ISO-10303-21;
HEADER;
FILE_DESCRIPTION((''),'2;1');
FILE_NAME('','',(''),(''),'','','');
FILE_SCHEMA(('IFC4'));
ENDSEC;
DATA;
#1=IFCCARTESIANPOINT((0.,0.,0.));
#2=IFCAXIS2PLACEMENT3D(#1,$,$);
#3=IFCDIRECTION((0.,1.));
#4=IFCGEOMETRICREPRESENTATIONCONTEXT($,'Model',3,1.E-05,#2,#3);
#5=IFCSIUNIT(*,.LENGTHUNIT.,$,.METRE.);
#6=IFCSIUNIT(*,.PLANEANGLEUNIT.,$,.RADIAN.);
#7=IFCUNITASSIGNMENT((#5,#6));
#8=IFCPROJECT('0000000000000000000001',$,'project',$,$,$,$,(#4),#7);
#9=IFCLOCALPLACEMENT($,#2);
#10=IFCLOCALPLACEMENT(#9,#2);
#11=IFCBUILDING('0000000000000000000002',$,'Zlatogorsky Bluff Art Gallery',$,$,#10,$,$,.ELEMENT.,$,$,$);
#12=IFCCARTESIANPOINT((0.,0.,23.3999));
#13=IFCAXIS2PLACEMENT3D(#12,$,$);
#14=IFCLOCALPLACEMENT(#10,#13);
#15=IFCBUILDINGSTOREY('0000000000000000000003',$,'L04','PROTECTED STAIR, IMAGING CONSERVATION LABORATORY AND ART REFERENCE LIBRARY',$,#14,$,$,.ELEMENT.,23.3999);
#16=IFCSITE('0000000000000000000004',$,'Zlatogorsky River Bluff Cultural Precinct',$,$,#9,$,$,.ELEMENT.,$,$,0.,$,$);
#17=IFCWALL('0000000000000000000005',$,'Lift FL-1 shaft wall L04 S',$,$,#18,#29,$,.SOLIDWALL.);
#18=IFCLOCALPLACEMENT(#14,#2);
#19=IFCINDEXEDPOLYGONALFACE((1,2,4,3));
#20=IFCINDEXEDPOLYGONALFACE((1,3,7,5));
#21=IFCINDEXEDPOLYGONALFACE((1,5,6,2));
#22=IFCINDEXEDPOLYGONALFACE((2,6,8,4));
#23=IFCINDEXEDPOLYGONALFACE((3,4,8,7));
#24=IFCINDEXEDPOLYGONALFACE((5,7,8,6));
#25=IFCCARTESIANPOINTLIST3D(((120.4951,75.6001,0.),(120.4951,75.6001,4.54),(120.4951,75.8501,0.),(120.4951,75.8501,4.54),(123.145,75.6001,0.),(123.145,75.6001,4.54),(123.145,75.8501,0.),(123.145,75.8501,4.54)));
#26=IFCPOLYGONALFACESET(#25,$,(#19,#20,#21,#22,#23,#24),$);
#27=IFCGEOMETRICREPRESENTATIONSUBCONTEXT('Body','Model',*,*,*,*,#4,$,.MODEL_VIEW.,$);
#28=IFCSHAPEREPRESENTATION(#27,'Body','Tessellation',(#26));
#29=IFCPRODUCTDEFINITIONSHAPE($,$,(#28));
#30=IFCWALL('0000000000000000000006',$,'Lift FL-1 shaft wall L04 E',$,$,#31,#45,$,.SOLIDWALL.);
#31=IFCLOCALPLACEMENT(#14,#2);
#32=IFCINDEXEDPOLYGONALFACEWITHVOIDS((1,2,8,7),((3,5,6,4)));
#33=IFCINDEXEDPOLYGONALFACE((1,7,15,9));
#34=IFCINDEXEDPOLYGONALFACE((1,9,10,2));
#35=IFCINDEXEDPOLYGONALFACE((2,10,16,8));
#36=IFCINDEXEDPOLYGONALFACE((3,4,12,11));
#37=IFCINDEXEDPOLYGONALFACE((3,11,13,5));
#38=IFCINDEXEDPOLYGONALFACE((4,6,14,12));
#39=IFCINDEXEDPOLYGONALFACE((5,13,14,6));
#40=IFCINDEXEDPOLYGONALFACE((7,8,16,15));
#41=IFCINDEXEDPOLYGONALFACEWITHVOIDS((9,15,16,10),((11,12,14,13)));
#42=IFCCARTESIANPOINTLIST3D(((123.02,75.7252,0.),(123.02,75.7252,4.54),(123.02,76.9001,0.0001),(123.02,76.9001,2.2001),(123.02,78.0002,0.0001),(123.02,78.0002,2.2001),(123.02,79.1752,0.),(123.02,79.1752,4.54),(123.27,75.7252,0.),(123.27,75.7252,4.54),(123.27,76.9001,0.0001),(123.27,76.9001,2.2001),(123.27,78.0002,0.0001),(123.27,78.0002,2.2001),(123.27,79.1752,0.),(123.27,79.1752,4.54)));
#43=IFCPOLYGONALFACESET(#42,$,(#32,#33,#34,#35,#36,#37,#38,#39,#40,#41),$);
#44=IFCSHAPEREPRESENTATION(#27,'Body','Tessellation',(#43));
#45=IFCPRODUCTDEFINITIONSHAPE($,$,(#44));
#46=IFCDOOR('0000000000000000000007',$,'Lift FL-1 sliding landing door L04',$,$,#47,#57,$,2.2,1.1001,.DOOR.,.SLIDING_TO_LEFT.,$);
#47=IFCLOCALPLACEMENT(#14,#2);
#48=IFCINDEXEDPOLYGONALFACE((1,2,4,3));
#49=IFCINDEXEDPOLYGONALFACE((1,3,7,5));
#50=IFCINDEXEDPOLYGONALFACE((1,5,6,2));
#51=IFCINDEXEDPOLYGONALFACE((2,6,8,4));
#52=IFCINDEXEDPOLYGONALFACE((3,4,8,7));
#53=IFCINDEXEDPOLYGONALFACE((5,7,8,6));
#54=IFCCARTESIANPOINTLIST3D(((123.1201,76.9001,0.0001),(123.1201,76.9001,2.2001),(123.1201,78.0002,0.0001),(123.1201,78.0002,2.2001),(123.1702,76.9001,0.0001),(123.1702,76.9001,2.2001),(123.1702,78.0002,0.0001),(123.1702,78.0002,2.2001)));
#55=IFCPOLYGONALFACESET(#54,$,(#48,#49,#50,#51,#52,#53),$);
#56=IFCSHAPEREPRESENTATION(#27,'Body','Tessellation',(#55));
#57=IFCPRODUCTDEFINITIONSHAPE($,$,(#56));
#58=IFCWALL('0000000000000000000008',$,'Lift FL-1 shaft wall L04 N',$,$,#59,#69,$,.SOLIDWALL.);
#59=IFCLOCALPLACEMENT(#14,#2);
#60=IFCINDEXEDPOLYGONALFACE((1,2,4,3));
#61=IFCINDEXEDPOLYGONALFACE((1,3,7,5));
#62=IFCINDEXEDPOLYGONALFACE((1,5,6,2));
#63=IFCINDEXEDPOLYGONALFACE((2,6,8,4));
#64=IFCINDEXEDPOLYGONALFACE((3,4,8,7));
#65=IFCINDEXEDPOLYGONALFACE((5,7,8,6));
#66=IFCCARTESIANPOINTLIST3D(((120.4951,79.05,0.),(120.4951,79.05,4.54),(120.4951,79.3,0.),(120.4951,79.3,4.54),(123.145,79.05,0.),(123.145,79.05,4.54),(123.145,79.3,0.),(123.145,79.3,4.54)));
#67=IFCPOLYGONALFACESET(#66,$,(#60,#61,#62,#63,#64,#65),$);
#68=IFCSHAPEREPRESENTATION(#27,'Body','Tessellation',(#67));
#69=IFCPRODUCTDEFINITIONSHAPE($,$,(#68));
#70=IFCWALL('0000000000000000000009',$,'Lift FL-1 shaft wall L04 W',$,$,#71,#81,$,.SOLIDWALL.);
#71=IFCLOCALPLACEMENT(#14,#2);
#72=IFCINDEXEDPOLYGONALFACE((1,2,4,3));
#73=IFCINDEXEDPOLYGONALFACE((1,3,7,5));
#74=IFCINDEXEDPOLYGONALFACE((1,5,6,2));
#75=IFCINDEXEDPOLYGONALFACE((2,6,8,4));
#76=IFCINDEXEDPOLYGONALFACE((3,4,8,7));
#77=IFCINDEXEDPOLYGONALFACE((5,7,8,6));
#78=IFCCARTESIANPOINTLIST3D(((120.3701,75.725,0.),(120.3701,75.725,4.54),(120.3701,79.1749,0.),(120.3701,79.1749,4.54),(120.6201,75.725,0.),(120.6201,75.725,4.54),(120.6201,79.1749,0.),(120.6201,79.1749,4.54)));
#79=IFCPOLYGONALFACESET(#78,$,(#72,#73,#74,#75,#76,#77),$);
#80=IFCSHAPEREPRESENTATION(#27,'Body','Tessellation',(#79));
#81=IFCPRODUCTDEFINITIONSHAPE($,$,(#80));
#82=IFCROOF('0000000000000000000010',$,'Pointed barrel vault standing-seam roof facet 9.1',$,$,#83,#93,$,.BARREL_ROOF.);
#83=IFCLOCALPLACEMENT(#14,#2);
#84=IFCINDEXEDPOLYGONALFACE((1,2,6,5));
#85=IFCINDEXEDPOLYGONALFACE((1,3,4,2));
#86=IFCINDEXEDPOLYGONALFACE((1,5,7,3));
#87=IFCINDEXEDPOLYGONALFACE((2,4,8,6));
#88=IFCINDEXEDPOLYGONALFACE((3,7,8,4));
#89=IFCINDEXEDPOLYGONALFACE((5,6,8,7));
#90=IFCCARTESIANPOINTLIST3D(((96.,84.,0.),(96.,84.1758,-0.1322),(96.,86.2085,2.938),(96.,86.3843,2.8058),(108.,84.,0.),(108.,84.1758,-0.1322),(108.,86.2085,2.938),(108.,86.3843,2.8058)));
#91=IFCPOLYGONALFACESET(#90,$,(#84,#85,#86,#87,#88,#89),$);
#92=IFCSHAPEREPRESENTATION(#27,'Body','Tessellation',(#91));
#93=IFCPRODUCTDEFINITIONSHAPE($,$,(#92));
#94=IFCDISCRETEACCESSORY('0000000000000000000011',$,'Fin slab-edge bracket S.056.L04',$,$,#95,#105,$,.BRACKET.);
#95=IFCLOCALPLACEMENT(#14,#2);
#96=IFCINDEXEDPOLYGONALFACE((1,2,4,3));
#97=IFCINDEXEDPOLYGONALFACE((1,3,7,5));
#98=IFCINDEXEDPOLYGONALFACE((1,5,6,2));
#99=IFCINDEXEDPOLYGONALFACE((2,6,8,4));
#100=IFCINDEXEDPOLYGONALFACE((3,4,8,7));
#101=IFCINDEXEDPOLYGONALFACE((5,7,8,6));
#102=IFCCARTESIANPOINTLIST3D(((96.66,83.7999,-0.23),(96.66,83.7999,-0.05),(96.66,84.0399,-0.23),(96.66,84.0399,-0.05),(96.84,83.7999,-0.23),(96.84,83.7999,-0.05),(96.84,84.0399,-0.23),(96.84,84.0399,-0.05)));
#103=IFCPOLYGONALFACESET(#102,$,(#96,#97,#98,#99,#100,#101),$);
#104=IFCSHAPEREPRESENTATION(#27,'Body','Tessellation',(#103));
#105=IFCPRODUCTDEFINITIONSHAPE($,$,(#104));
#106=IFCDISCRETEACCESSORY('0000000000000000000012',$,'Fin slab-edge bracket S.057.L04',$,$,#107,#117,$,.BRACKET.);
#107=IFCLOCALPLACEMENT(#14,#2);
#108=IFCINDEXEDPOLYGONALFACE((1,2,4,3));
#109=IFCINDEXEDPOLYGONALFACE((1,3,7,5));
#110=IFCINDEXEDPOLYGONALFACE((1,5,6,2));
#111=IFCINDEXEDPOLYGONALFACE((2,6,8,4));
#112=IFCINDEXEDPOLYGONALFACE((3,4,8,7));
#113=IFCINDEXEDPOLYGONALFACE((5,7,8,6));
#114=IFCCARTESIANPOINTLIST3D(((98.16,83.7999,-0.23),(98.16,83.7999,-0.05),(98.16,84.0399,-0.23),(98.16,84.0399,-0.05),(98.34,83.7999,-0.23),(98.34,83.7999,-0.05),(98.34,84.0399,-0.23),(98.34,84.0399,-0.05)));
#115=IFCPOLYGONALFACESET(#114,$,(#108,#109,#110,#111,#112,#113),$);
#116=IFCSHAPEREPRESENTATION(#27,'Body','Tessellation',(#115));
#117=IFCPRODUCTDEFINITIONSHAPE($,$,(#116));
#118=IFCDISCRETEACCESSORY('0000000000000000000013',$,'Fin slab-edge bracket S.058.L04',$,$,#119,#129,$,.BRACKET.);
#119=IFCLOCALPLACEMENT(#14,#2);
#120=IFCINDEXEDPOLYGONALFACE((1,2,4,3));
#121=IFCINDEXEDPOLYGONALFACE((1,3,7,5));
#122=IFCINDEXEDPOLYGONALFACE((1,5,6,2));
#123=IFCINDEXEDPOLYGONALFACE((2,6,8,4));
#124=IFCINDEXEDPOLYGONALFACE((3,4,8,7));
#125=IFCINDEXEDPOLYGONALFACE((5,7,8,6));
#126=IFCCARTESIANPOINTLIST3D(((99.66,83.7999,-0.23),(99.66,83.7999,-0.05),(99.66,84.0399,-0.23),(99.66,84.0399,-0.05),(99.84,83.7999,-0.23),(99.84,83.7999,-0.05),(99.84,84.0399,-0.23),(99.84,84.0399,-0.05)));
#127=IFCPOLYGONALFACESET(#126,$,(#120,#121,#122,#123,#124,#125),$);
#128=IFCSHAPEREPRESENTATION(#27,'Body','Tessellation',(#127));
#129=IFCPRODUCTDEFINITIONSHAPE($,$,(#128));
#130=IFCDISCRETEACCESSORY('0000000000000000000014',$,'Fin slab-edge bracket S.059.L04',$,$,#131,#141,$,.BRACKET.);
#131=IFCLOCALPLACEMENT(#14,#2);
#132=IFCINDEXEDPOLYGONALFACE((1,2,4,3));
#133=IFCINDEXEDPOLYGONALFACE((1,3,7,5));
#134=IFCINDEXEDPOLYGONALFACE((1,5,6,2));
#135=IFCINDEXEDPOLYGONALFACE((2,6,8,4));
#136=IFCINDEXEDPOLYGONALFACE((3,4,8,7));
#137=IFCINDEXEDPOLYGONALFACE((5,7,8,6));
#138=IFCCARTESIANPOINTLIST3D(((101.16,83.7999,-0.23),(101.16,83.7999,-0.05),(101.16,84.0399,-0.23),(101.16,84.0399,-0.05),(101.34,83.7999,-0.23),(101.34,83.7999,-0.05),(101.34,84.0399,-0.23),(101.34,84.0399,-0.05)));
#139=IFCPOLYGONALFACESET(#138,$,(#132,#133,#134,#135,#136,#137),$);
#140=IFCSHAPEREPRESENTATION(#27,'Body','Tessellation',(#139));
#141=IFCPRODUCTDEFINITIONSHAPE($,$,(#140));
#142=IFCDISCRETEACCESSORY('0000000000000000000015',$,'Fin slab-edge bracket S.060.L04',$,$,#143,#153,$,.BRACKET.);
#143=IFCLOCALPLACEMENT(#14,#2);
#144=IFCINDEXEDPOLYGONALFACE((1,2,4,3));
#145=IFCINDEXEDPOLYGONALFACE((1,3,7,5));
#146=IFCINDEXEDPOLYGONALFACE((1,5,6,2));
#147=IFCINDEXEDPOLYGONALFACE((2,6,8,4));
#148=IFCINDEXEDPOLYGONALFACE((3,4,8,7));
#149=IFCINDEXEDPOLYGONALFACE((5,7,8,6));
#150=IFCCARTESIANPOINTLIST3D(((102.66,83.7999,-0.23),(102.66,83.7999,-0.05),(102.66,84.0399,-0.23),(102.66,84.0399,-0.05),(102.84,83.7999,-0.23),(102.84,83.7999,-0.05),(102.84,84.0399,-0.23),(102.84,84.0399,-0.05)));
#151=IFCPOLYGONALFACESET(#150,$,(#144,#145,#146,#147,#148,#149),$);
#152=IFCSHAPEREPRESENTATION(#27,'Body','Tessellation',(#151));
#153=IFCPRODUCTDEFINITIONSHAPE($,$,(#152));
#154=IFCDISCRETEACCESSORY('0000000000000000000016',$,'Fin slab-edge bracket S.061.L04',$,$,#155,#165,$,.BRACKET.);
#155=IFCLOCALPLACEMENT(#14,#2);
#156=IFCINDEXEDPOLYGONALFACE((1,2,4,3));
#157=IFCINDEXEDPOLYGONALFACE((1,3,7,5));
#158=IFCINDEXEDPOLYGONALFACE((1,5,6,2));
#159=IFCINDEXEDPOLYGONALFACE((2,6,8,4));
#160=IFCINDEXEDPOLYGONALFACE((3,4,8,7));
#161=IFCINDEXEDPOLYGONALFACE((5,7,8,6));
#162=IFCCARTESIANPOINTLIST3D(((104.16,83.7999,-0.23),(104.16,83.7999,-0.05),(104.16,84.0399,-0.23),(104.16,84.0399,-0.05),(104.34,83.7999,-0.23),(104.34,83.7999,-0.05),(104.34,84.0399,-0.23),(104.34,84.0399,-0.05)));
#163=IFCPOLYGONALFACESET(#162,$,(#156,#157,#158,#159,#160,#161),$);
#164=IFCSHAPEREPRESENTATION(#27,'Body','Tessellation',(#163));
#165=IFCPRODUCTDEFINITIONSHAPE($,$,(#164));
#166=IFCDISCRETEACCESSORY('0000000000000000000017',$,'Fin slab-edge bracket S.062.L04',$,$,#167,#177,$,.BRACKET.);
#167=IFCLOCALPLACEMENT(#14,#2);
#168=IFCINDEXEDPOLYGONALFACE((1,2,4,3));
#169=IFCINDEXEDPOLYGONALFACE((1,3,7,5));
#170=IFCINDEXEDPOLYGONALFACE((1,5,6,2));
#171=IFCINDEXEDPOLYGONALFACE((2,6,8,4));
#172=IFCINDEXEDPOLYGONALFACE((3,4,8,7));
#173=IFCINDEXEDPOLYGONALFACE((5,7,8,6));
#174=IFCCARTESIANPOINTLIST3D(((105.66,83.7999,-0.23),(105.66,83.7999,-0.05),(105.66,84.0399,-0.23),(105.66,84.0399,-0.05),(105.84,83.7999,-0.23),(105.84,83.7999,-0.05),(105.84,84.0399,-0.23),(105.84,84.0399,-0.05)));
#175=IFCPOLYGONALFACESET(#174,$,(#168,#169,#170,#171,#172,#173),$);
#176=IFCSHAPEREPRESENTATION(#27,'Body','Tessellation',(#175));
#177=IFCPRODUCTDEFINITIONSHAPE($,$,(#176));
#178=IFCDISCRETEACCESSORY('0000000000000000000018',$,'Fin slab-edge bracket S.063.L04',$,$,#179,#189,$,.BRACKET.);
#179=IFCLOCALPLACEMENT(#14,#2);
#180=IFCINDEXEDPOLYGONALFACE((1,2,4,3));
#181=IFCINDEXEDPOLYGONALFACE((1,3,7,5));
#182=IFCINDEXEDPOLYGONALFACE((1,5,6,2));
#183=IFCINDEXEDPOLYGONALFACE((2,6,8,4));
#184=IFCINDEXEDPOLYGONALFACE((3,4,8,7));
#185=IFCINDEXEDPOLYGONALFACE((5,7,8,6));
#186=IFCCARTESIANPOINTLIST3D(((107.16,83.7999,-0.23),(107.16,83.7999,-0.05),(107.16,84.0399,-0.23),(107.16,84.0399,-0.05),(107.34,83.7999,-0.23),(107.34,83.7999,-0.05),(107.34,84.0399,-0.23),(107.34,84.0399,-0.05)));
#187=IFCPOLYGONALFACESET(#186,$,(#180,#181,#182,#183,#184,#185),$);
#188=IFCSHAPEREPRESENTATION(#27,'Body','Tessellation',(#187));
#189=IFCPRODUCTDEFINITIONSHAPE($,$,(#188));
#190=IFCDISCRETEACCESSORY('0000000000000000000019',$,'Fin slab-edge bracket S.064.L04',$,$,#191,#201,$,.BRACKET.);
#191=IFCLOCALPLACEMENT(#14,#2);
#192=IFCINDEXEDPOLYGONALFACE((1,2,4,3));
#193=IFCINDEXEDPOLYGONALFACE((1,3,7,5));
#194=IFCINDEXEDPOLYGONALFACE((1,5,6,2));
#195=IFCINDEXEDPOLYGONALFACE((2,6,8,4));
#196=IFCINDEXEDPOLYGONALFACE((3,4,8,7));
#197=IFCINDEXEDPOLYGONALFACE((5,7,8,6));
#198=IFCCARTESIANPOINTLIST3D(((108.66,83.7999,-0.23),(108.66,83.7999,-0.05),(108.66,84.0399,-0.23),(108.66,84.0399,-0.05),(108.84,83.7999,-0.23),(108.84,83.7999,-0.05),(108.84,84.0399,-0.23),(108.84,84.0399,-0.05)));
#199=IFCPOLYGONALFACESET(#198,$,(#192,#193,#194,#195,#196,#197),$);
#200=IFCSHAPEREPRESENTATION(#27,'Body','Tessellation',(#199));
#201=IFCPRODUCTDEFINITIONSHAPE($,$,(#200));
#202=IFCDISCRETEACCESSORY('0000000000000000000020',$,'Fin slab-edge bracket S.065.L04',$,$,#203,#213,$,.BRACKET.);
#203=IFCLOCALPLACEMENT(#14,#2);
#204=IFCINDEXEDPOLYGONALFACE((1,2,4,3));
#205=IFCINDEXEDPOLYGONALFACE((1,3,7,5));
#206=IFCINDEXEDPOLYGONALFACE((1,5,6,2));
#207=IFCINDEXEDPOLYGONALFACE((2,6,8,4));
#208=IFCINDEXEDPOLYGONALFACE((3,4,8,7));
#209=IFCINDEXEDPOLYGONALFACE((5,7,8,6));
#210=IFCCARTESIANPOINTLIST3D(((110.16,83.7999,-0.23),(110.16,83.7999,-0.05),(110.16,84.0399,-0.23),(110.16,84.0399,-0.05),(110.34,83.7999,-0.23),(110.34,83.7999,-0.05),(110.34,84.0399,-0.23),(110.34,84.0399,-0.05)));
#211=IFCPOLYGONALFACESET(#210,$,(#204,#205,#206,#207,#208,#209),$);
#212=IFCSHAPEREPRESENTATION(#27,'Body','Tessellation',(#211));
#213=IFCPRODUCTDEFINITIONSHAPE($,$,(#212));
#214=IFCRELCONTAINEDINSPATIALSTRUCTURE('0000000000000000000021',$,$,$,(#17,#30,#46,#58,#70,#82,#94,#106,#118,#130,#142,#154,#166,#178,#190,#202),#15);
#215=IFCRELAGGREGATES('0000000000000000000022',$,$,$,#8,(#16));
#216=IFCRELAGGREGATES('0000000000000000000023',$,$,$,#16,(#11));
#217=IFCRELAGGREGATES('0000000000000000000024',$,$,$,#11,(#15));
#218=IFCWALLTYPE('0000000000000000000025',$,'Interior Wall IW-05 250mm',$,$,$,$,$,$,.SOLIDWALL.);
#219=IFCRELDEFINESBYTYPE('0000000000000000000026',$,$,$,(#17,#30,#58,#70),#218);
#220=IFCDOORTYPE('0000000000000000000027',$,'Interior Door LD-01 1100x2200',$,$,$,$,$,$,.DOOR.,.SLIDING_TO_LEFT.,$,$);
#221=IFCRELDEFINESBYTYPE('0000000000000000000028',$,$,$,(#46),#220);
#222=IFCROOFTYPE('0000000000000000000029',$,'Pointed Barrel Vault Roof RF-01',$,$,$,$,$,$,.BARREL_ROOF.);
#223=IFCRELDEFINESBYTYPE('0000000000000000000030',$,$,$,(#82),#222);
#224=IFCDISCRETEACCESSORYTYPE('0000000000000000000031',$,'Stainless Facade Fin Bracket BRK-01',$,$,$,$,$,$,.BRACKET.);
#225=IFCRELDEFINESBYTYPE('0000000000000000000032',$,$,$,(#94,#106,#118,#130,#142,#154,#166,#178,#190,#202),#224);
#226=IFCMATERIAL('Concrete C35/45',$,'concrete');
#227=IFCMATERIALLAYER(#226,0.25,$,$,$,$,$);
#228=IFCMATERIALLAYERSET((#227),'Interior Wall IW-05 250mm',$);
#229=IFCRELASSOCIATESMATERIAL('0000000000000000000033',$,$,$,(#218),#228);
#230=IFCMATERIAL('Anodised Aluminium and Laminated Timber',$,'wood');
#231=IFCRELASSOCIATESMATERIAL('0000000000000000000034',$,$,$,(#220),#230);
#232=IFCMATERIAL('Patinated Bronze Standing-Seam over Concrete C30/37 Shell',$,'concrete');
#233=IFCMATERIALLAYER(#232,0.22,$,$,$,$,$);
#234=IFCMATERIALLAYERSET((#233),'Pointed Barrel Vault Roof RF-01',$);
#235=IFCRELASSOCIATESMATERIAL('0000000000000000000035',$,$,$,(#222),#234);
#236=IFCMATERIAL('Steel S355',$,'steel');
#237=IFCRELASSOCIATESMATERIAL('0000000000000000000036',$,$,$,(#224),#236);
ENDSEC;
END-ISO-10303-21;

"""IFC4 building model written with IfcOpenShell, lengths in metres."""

from ifc_helpers import new_model, si_unit, direction, frame, frame_2d, origin, origin_2d, place, context, subcontext, project, spatial, polyline, rectangle, outline, extrude, material, layer, layer_set, type_object, element, fill, save


model = new_model("IFC4")

# Units and contexts
model_context = context("Model", 3, precision=1e-05, world=origin(), true_north=direction((0.0, 1.0)))
body_context = subcontext(model_context, "Body", "Model", "MODEL_VIEW")
ifc_project = project(units=[si_unit("LENGTHUNIT", "METRE"), si_unit("PLANEANGLEUNIT", "RADIAN")], contexts=[model_context])

# Site, building, storey
site_placement = place(None, origin())
site = spatial("IfcSite", under=ifc_project, at=site_placement, Name="Zlatogorsky River Bluff Cultural Precinct", CompositionType="ELEMENT", RefElevation=0.0)
building_placement = place(site_placement, origin())
building = spatial("IfcBuilding", under=site, at=building_placement, Name="Zlatogorsky Bluff Art Gallery", CompositionType="ELEMENT")
storey_placement = place(building_placement, frame((0.0, 0.0, 23.3999)))
storey = spatial("IfcBuildingStorey", under=building, at=storey_placement, Name="L04", Description="PROTECTED STAIR, IMAGING CONSERVATION LABORATORY AND ART REFERENCE LIBRARY", CompositionType="ELEMENT", Elevation=23.3999)

# Shared definitions
ifc_material_1 = material(Name="Steel S355", Category="steel")
ifc_material_2 = material(Name="Concrete C35/45", Category="concrete")

# Wall
ifc_layer_1 = layer(ifc_material_2, 0.25)
ifc_layer_set_1 = layer_set([ifc_layer_1], Name="Interior Wall IW-05 250mm")
wall_type_1 = type_object("IfcWallType", Name="Interior Wall IW-05 250mm", PredefinedType="SOLIDWALL", material=ifc_layer_set_1)
wall_1_placement = place(storey_placement, frame((120.4951, 75.7251, 0.0), z_axis=(0.0, 0.0, 1.0), x_axis=(1.0, 0.0, 0.0)))
element("IfcWall", 1, at=wall_1_placement, inside=storey, type_object=wall_type_1, Name="Lift FL-1 shaft wall L04 S", PredefinedType="SOLIDWALL", context=body_context, shape_type="SweptSolid", body=[
    extrude(rectangle(XDim=2.6499, YDim=0.25, at=frame_2d((1.325, 0.0))), origin(), (0.0, 0.0, 1.0), 4.54),
])

# Wall, opening, door
wall_2_placement = place(storey_placement, frame((123.145, 75.7251, 0.0), z_axis=(0.0, 0.0, 1.0), x_axis=(0.0, 1.0, 0.0)))
wall_2 = element("IfcWall", 2, at=wall_2_placement, inside=storey, type_object=wall_type_1, Name="Lift FL-1 shaft wall L04 E", PredefinedType="SOLIDWALL", context=body_context, shape_type="SweptSolid", body=[
    extrude(rectangle(XDim=3.45, YDim=0.25, at=frame_2d((1.7251, 0.0))), origin(), (0.0, 0.0, 1.0), 4.54),
])
opening_1_placement = place(wall_2_placement, frame((1.175, 0.0, 0.0)))
opening_1 = element("IfcOpeningElement", 3, at=opening_1_placement, cuts=wall_2, PredefinedType="OPENING", context=body_context, shape_type="SweptSolid", body=[
    extrude(rectangle(XDim=1.1001, YDim=2.2, at=frame_2d((0.55, 1.1001))), frame((0.0, 0.135, 0.0), z_axis=(0.0, -1.0, 0.0), x_axis=(1.0, 0.0, 0.0)), (0.0, 0.0, 1.0), 0.27),
])
ifc_material_3 = material(Name="Anodised Aluminium and Laminated Timber", Category="wood")
door_type_1 = type_object("IfcDoorType", Name="Interior Door LD-01 1100x2200", OperationType="SLIDING_TO_LEFT", PredefinedType="DOOR", material=ifc_material_3)
door_1_placement = place(opening_1_placement, origin())
door_1 = element("IfcDoor", 4, at=door_1_placement, inside=storey, type_object=door_type_1, Name="Lift FL-1 sliding landing door L04", OperationType="SLIDING_TO_LEFT", OverallHeight=2.2, OverallWidth=1.1001, PredefinedType="DOOR", context=body_context, shape_type="SweptSolid", body=[
    extrude(rectangle(XDim=1.1001, YDim=2.2, at=frame_2d((0.55, 1.1001))), frame((0.0, 0.0249, 0.0), z_axis=(0.0, -1.0, 0.0), x_axis=(1.0, 0.0, 0.0)), (0.0, 0.0, 1.0), 0.05),
])
fill(opening_1, door_1)

# Walls
wall_3_placement = place(storey_placement, frame((123.145, 79.175, 0.0), z_axis=(0.0, 0.0, 1.0), x_axis=(-1.0, 0.0, 0.0)))
element("IfcWall", 5, at=wall_3_placement, inside=storey, type_object=wall_type_1, Name="Lift FL-1 shaft wall L04 N", PredefinedType="SOLIDWALL", context=body_context, shape_type="SweptSolid", body=[
    extrude(rectangle(XDim=2.6499, YDim=0.25, at=frame_2d((1.325, 0.0))), origin(), (0.0, 0.0, 1.0), 4.54),
])
wall_4_placement = place(storey_placement, frame((120.4951, 79.175, 0.0), z_axis=(0.0, 0.0, 1.0), x_axis=(0.0, -1.0, 0.0)))
element("IfcWall", 6, at=wall_4_placement, inside=storey, type_object=wall_type_1, Name="Lift FL-1 shaft wall L04 W", PredefinedType="SOLIDWALL", context=body_context, shape_type="SweptSolid", body=[
    extrude(rectangle(XDim=3.45, YDim=0.25, at=frame_2d((1.7251, 0.0))), origin(), (0.0, 0.0, 1.0), 4.54),
])

# Roof
ifc_material_4 = material(Name="Patinated Bronze Standing-Seam over Concrete C30/37 Shell", Category="concrete")
ifc_layer_2 = layer(ifc_material_4, 0.22)
ifc_layer_set_2 = layer_set([ifc_layer_2], Name="Pointed Barrel Vault Roof RF-01")
roof_type = type_object("IfcRoofType", Name="Pointed Barrel Vault Roof RF-01", PredefinedType="BARREL_ROOF", material=ifc_layer_set_2)
roof_placement = place(storey_placement, frame((96.0, 84.0, 0.0), z_axis=(0.0, -0.799346, 0.600871), x_axis=(1.0, 0.0, 0.0)))
element("IfcRoof", 7, at=roof_placement, inside=storey, type_object=roof_type, Name="Pointed barrel vault standing-seam roof facet 9.1", PredefinedType="BARREL_ROOF", context=body_context, shape_type="SweptSolid", body=[
    extrude(outline(polyline([(0.0, 0.0), (12.0, 0.0), (12.0, 3.6755), (0.0, 3.6755), (0.0, 0.0)])), origin(), (0.0, 0.0, -1.0), 0.22),
])

# Discrete accessories
discrete_accessory_type = type_object("IfcDiscreteAccessoryType", Name="Stainless Facade Fin Bracket BRK-01", PredefinedType="BRACKET", material=ifc_material_1)
for number, where, z_axis, x_axis, name in (
    (8, (96.75, 83.9199, -0.23), (0.0, 0.0, 1.0), (1.0, 0.0, 0.0), "Fin slab-edge bracket S.056.L04"),
    (9, (98.25, 83.9199, -0.23), (0.0, 0.0, 1.0), (1.0, 0.0, 0.0), "Fin slab-edge bracket S.057.L04"),
    (10, (99.75, 83.9199, -0.23), (0.0, 0.0, 1.0), (1.0, 0.0, 0.0), "Fin slab-edge bracket S.058.L04"),
    (11, (101.25, 83.9199, -0.23), (0.0, 0.0, 1.0), (1.0, 0.0, 0.0), "Fin slab-edge bracket S.059.L04"),
    (12, (102.75, 83.9199, -0.23), (0.0, 0.0, 1.0), (1.0, 0.0, 0.0), "Fin slab-edge bracket S.060.L04"),
    (13, (104.25, 83.9199, -0.23), (0.0, 0.0, 1.0), (1.0, 0.0, 0.0), "Fin slab-edge bracket S.061.L04"),
    (14, (105.75, 83.9199, -0.23), (0.0, 0.0, 1.0), (1.0, 0.0, 0.0), "Fin slab-edge bracket S.062.L04"),
    (15, (107.25, 83.9199, -0.23), (0.0, 0.0, 1.0), (1.0, 0.0, 0.0), "Fin slab-edge bracket S.063.L04"),
    (16, (108.75, 83.9199, -0.23), (0.0, 0.0, 1.0), (1.0, 0.0, 0.0), "Fin slab-edge bracket S.064.L04"),
    (17, (110.25, 83.9199, -0.23), (0.0, 0.0, 1.0), (1.0, 0.0, 0.0), "Fin slab-edge bracket S.065.L04"),
):
    element("IfcDiscreteAccessory", number, at=place(storey_placement, frame(where, z_axis=z_axis, x_axis=x_axis)), inside=storey, type_object=discrete_accessory_type, Name=name, PredefinedType="BRACKET", context=body_context, shape_type="SweptSolid", body=[
        extrude(rectangle(XDim=0.1799, YDim=0.24, at=origin_2d()), origin(), (0.0, 0.0, 1.0), 0.1799),
    ])

save(model, "model.ifc")
